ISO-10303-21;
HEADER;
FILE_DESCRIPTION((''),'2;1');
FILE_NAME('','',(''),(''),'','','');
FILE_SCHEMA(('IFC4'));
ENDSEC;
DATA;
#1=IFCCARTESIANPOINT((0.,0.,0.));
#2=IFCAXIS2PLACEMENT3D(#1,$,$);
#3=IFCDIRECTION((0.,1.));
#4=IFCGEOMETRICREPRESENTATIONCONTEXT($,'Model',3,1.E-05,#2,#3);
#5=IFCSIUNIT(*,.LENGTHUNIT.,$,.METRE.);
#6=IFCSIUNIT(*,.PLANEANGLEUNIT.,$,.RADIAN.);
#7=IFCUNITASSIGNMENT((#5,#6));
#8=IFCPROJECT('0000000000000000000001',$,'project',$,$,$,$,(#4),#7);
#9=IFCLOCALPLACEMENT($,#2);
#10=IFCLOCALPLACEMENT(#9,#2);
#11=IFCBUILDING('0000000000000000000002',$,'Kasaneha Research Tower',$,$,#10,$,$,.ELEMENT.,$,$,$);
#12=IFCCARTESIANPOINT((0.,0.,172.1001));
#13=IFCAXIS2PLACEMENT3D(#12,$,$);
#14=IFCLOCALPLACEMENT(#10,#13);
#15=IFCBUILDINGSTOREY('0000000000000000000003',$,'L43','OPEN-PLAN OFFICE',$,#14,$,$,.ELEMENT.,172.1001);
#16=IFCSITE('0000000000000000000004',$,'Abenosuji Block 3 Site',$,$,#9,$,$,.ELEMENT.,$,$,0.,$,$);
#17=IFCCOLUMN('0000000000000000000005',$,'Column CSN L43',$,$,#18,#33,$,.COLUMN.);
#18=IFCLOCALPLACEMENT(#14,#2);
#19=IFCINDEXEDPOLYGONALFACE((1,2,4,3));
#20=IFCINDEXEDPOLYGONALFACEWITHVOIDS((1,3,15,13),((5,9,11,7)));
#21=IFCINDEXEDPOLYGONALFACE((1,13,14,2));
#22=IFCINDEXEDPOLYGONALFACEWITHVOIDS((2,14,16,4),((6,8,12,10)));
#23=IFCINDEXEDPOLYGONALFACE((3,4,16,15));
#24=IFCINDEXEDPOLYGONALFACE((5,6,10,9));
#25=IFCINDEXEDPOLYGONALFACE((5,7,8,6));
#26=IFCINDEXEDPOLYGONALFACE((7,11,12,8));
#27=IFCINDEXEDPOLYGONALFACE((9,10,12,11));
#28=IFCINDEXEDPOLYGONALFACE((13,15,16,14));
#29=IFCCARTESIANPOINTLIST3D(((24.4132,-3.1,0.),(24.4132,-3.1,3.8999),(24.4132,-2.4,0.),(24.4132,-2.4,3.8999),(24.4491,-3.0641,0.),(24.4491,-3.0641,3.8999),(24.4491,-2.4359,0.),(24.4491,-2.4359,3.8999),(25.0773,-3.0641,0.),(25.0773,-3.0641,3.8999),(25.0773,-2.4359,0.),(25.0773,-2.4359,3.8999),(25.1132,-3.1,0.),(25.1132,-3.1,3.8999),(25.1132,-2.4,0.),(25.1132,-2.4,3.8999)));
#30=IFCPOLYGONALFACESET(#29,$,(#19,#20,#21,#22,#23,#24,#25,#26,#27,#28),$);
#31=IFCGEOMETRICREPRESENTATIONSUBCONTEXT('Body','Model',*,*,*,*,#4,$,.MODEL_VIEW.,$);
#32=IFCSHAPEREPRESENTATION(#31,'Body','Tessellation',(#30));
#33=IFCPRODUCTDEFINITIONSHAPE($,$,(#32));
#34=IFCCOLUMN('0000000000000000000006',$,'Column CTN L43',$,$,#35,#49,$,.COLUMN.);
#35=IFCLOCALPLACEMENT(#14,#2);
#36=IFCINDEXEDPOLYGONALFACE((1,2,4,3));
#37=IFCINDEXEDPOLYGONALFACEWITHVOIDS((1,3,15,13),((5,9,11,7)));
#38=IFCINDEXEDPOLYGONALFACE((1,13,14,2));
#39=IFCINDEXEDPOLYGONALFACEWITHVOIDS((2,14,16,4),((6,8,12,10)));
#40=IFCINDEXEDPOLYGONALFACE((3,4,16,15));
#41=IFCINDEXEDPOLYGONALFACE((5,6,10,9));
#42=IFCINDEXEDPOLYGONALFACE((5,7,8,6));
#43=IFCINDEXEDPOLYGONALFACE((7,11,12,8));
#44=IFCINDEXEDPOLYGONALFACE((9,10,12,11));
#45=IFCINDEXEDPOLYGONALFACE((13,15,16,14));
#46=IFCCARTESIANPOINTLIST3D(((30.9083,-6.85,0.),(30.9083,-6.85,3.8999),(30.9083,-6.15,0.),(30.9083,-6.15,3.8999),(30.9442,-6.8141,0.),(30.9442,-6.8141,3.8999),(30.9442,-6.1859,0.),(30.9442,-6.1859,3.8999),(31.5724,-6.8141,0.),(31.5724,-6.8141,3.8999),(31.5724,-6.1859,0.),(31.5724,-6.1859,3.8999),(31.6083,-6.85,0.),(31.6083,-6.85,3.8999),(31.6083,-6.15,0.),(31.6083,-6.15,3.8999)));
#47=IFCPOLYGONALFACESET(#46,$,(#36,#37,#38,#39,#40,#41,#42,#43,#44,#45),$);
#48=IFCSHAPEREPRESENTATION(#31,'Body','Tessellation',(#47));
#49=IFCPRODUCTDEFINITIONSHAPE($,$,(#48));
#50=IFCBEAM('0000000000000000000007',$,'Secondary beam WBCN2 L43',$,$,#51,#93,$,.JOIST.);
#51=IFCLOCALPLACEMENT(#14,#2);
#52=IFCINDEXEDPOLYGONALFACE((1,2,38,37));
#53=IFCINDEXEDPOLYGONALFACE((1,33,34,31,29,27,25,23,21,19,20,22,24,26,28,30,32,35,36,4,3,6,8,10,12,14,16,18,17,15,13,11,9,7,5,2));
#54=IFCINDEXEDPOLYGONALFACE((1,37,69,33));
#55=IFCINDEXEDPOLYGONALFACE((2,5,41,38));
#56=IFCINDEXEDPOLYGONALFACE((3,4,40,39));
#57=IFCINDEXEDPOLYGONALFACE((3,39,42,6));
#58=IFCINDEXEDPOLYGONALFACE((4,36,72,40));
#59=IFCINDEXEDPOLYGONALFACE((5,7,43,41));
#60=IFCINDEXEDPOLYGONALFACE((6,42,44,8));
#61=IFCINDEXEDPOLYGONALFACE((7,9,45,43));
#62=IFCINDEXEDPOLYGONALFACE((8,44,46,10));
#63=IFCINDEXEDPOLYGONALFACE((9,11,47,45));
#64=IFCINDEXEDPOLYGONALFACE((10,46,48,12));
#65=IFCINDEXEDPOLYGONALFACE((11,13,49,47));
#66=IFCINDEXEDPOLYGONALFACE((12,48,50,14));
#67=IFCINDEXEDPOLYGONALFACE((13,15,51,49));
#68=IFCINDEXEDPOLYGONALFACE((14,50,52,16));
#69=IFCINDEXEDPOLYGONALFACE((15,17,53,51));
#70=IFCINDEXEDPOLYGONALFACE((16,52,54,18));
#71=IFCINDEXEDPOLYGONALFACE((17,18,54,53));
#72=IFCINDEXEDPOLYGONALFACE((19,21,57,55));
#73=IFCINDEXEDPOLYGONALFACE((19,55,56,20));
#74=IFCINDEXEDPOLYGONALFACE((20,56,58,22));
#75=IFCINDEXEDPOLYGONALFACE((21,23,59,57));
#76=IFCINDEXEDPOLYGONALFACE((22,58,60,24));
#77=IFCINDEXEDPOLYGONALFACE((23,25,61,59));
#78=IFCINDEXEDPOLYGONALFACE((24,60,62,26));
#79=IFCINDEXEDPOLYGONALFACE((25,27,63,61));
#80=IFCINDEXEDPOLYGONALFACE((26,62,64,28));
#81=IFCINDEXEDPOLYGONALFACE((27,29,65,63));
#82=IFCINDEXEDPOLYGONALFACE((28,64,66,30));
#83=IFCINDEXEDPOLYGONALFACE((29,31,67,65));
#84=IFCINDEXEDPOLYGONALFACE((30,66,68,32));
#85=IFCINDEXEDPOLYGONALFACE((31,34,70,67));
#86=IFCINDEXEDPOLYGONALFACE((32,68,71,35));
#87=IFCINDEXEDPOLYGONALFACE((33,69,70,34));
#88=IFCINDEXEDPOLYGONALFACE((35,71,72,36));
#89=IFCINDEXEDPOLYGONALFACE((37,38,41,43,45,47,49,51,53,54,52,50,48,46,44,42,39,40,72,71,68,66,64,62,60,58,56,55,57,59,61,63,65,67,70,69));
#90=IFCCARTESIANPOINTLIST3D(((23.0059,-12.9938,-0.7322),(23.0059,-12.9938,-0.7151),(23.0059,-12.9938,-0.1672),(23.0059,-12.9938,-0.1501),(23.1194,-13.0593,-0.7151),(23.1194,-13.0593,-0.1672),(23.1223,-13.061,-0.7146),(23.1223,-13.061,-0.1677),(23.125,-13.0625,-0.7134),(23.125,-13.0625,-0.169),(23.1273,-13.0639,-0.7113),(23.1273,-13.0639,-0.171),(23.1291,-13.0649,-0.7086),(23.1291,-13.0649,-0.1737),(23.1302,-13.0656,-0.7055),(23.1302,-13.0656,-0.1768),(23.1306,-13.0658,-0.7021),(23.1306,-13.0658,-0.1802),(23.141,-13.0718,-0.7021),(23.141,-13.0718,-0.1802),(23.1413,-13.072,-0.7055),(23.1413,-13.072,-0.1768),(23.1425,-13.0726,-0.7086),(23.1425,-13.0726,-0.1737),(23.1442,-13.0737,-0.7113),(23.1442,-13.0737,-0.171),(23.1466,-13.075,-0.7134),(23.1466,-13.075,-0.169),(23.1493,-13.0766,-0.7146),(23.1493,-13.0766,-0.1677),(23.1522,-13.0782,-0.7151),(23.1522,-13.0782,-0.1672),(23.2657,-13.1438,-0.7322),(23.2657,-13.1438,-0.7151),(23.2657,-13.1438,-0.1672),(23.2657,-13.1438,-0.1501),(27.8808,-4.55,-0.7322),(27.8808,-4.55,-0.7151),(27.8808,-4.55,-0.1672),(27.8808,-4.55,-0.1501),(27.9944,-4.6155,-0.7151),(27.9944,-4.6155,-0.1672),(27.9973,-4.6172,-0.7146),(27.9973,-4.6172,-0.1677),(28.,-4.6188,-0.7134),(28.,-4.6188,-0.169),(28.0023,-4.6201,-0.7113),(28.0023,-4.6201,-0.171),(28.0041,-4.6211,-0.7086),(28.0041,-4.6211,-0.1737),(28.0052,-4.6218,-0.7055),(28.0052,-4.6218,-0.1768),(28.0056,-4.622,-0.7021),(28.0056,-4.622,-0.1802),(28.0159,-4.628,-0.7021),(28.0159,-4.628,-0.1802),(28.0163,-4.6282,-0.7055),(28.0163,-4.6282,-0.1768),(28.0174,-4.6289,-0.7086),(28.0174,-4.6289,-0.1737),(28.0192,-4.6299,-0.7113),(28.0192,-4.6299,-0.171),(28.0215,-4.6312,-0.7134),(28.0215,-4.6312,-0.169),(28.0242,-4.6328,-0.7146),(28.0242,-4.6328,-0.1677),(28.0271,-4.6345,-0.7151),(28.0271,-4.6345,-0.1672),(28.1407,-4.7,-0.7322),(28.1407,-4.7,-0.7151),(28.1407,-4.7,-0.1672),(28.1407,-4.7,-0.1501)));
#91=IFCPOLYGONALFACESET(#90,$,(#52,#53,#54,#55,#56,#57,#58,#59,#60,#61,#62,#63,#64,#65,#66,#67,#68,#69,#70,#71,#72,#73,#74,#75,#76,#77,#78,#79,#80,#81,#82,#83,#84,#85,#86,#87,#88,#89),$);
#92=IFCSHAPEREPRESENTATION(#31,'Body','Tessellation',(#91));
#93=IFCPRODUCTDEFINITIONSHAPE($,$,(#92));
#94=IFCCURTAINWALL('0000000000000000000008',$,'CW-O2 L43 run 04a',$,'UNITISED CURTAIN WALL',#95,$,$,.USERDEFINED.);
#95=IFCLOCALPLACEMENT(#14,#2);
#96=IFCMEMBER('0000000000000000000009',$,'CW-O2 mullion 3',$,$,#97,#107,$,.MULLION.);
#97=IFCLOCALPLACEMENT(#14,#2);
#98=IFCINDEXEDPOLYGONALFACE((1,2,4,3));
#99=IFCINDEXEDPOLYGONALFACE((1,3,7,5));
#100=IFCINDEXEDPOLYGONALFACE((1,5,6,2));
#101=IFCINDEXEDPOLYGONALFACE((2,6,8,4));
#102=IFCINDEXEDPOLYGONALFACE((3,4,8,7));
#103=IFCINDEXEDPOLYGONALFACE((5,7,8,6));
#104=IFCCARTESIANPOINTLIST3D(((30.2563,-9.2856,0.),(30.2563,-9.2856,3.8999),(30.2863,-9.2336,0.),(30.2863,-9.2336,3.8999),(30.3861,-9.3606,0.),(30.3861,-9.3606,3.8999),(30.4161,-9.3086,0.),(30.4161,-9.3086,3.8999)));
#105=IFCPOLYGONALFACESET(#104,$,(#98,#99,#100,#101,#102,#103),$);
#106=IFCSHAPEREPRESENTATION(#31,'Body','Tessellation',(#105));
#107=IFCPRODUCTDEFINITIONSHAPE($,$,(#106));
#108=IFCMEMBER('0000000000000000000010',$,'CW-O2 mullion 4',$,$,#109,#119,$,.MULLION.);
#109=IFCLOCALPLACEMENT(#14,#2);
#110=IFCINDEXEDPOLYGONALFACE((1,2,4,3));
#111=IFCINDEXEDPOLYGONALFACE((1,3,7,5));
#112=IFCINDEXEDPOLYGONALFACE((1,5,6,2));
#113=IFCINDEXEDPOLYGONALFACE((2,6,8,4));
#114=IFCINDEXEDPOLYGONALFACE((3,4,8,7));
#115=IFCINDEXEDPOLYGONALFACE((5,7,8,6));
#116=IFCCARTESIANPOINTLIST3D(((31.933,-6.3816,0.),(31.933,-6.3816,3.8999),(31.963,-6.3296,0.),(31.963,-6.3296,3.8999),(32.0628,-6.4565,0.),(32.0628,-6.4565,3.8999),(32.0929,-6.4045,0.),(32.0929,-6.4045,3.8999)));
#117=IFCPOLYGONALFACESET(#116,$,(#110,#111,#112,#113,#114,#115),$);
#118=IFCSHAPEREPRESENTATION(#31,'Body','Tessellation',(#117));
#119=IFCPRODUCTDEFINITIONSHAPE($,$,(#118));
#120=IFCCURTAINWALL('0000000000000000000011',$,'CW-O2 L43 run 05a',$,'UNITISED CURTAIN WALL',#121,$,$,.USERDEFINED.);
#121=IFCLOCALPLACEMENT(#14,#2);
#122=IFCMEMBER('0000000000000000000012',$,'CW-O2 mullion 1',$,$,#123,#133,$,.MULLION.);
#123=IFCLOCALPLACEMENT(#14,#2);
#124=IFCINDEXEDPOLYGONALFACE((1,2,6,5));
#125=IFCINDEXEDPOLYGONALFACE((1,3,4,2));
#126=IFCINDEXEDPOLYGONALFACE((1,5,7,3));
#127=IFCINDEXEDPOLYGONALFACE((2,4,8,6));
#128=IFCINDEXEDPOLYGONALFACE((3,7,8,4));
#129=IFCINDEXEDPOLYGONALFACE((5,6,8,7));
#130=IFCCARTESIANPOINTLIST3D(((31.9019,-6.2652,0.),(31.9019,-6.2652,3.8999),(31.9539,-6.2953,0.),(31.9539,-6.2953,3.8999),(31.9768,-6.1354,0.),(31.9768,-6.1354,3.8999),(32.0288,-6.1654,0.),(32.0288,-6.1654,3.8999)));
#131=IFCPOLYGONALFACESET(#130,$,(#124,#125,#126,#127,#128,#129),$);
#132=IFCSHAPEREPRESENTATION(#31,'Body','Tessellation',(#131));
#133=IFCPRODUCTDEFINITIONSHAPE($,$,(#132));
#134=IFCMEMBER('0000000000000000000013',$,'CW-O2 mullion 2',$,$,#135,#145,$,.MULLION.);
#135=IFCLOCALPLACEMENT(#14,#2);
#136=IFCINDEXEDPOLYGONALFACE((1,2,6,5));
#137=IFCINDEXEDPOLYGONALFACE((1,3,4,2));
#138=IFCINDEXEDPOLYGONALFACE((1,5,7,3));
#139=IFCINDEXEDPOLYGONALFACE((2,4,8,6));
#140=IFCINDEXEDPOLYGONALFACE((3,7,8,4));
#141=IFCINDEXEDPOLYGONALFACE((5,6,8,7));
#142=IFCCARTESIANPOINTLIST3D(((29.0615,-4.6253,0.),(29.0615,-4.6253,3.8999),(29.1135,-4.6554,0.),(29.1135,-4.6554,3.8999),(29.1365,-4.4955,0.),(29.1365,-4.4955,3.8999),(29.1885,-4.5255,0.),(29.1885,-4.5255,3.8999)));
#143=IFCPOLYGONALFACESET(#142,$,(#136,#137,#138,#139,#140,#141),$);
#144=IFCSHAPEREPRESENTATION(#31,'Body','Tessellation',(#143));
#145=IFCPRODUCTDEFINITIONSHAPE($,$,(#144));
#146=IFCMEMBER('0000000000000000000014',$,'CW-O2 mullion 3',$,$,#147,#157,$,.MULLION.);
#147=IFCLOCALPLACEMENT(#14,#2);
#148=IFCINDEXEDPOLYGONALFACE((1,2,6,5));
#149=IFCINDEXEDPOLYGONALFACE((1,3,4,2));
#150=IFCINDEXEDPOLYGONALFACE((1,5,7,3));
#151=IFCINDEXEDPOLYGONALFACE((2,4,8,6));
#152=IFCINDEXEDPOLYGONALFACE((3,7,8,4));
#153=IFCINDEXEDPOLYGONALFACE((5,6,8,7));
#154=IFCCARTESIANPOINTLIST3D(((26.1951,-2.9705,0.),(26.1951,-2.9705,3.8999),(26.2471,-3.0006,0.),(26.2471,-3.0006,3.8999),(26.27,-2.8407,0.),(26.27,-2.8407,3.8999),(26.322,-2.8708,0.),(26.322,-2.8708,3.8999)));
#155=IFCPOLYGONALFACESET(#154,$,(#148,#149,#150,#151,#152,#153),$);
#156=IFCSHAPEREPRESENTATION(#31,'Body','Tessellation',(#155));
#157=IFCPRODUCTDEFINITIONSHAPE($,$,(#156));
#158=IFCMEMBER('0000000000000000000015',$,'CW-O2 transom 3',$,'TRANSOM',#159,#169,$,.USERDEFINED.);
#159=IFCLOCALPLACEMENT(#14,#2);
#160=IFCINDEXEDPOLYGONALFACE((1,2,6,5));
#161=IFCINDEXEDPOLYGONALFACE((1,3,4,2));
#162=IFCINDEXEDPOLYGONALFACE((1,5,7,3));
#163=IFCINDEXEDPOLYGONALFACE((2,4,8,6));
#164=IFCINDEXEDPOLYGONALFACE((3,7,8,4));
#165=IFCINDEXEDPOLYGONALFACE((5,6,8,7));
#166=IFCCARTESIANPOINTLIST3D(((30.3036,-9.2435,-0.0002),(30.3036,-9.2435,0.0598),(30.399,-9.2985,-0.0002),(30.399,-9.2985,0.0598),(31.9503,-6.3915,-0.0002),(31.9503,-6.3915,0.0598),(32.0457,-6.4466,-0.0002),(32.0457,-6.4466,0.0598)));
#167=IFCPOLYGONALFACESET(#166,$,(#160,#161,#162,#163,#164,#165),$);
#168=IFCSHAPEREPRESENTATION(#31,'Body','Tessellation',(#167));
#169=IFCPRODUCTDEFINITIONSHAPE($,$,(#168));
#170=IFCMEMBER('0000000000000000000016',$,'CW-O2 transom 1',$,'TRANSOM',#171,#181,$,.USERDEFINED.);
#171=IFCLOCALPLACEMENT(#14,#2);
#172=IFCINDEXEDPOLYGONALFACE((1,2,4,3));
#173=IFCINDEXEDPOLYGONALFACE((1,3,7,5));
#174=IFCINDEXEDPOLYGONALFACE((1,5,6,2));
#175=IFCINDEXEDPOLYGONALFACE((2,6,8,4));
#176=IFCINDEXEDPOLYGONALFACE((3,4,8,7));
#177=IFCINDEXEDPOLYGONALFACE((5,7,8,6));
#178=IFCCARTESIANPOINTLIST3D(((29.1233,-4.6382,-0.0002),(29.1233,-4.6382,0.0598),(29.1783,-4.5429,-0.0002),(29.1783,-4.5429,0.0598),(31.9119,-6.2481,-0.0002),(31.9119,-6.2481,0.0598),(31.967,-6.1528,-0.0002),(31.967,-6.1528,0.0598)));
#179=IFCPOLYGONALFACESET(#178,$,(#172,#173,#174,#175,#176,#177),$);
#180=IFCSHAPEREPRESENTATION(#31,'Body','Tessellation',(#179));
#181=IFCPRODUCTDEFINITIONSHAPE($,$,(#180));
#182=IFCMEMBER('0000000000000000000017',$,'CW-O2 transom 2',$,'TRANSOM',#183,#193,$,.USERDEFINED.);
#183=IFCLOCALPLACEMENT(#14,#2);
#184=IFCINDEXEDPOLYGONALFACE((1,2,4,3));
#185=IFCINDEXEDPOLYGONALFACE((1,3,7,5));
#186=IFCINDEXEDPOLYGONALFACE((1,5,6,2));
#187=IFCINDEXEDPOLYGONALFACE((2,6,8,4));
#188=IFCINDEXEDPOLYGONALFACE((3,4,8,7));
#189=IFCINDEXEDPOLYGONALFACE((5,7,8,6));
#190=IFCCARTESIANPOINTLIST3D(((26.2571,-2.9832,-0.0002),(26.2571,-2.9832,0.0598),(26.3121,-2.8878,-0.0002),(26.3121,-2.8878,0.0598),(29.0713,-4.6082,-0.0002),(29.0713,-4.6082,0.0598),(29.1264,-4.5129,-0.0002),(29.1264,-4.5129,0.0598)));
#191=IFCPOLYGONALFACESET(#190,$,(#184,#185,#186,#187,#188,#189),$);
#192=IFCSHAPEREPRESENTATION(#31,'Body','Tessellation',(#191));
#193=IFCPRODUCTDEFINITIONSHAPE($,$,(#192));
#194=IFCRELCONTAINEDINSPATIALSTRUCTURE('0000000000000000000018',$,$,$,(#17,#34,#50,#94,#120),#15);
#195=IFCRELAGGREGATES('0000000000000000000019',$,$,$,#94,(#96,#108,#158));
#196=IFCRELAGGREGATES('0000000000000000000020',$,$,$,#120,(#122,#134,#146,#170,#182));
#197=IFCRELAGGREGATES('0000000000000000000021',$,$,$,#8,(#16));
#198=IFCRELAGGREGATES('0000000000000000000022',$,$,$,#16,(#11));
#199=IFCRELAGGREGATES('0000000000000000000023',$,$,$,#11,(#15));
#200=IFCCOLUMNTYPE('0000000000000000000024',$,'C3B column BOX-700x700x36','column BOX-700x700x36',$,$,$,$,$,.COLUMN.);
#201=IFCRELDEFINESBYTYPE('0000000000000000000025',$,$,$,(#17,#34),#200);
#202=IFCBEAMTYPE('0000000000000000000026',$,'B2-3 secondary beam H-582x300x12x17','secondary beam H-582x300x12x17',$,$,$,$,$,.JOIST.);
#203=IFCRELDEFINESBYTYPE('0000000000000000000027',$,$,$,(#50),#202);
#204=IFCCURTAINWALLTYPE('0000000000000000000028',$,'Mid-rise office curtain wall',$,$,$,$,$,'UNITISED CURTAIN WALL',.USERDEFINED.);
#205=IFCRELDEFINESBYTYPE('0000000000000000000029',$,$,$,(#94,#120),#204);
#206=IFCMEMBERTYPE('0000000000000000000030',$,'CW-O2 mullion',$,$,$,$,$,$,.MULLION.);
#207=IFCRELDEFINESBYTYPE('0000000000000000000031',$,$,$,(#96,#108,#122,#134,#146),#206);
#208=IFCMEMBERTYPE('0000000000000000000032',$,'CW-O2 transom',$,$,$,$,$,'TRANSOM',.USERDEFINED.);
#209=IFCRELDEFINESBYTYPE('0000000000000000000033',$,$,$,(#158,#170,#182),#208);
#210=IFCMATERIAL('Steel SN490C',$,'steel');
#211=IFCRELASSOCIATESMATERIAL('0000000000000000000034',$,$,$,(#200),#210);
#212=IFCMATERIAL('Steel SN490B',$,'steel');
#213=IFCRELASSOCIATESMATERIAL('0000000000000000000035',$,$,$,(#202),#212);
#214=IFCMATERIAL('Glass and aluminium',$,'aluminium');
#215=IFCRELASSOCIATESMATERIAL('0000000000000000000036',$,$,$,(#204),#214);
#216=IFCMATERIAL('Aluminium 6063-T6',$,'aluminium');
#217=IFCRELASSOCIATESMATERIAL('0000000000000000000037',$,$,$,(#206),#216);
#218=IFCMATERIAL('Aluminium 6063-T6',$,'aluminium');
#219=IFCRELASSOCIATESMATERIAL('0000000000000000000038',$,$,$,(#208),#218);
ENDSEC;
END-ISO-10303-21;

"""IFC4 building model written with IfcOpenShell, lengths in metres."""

from ifc_helpers import new_model, si_unit, direction, frame, origin, origin_2d, place, context, subcontext, project, spatial, rectangle, hollow_rectangle, i_section, extrude, material, material_profile, profile_set, type_object, element, aggregate, save


model = new_model("IFC4")

# Units and contexts
model_context = context("Model", 3, precision=1e-05, world=origin(), true_north=direction((0.0, 1.0)))
body_context = subcontext(model_context, "Body", "Model", "MODEL_VIEW")
ifc_project = project(units=[si_unit("LENGTHUNIT", "METRE"), si_unit("PLANEANGLEUNIT", "RADIAN")], contexts=[model_context])

# Site, building, storey
site_placement = place(None, origin())
site = spatial("IfcSite", under=ifc_project, at=site_placement, Name="Abenosuji Block 3 Site", CompositionType="ELEMENT", RefElevation=0.0)
building_placement = place(site_placement, origin())
building = spatial("IfcBuilding", under=site, at=building_placement, Name="Kasaneha Research Tower", CompositionType="ELEMENT")
storey_placement = place(building_placement, frame((0.0, 0.0, 172.1001)))
storey = spatial("IfcBuildingStorey", under=building, at=storey_placement, Name="L43", Description="OPEN-PLAN OFFICE", CompositionType="ELEMENT", Elevation=172.1001)

# Columns
ifc_material_1 = material(Name="Steel SN490C", Category="steel")
ifc_material_profile_1 = material_profile(ifc_material_1, hollow_rectangle(XDim=0.7, YDim=0.7, WallThickness=0.0359, at=origin_2d()), Name="BOX-700x700x36")
ifc_profile_set_1 = profile_set([ifc_material_profile_1], Name="Steel SN490C")
column_type = type_object("IfcColumnType", Name="C3B column BOX-700x700x36", Description="column BOX-700x700x36", PredefinedType="COLUMN", material=ifc_profile_set_1)
for number, where, z_axis, x_axis, name in (
    (1, (24.7632, -2.75, 0.0), (0.0, 0.0, 1.0), (1.0, 0.0, 0.0), "Column CSN L43"),
    (2, (31.2583, -6.5, 0.0), (0.0, 0.0, 1.0), (1.0, 0.0, 0.0), "Column CTN L43"),
):
    element("IfcColumn", number, at=place(storey_placement, frame(where, z_axis=z_axis, x_axis=x_axis)), inside=storey, type_object=column_type, Name=name, PredefinedType="COLUMN", context=body_context, shape_type="SweptSolid", body=[
        extrude(hollow_rectangle(XDim=0.7, YDim=0.7, WallThickness=0.0359, at=origin_2d()), origin(), (0.0, 0.0, 1.0), 3.8999),
    ])

# Beam
ifc_material_2 = material(Name="Steel SN490B", Category="steel")
ifc_material_profile_2 = material_profile(ifc_material_2, i_section(OverallWidth=0.3, OverallDepth=0.582, WebThickness=0.012, FlangeThickness=0.0171, FilletRadius=0.0129, at=origin_2d()), Name="H-582x300x12x17")
ifc_profile_set_2 = profile_set([ifc_material_profile_2], Name="Steel SN490B")
beam_type_1 = type_object("IfcBeamType", Name="B2-3 secondary beam H-582x300x12x17", Description="secondary beam H-582x300x12x17", PredefinedType="JOIST", material=ifc_profile_set_2)
beam_1_placement = place(storey_placement, frame((28.0107, -4.625, -0.4412), z_axis=(-0.499996, -0.866028, 0.0), x_axis=(0.866028, -0.499996, 0.0)))
element("IfcBeam", 3, at=beam_1_placement, inside=storey, type_object=beam_type_1, Name="Secondary beam WBCN2 L43", PredefinedType="JOIST", context=body_context, shape_type="SweptSolid", body=[
    extrude(i_section(OverallWidth=0.3, OverallDepth=0.582, WebThickness=0.012, FlangeThickness=0.0171, FilletRadius=0.0129, at=origin_2d()), origin(), (0.0, 0.0, 1.0), 9.75),
])

# Curtain walls, members
ifc_material_3 = material(Name="Glass and aluminium", Category="aluminium")
curtain_wall_type = type_object("IfcCurtainWallType", Name="Mid-rise office curtain wall", ElementType="UNITISED CURTAIN WALL", PredefinedType="USERDEFINED", material=ifc_material_3)
curtain_wall_1_placement = place(storey_placement, origin())
curtain_wall_1 = element("IfcCurtainWall", 4, at=curtain_wall_1_placement, inside=storey, type_object=curtain_wall_type, Name="CW-O2 L43 run 04a", ObjectType="UNITISED CURTAIN WALL", PredefinedType="USERDEFINED")
ifc_material_4 = material(Name="Aluminium 6063-T6", Category="aluminium")
ifc_material_profile_3 = material_profile(ifc_material_4, rectangle(XDim=0.0601, YDim=0.1499, at=origin_2d()), Name="CW-O2 mullion 60x150")
ifc_profile_set_3 = profile_set([ifc_material_profile_3], Name="Aluminium 6063-T6")
member_type_1 = type_object("IfcMemberType", Name="CW-O2 mullion", PredefinedType="MULLION", material=ifc_profile_set_3)
member_1_placement = place(storey_placement, frame((30.3362, -9.2971, 0.0), z_axis=(0.0, 0.0, 1.0), x_axis=(0.5, 0.866025, 0.0)))
member_1 = element("IfcMember", 5, at=member_1_placement, type_object=member_type_1, Name="CW-O2 mullion 3", PredefinedType="MULLION", context=body_context, shape_type="SweptSolid", body=[
    extrude(rectangle(XDim=0.0601, YDim=0.1499, at=origin_2d()), origin(), (0.0, 0.0, 1.0), 3.8999),
])
member_2_placement = place(storey_placement, frame((32.0129, -6.3931, 0.0), z_axis=(0.0, 0.0, 1.0), x_axis=(0.5, 0.866025, 0.0)))
member_2 = element("IfcMember", 6, at=member_2_placement, type_object=member_type_1, Name="CW-O2 mullion 4", PredefinedType="MULLION", context=body_context, shape_type="SweptSolid", body=[
    extrude(rectangle(XDim=0.0601, YDim=0.1499, at=origin_2d()), origin(), (0.0, 0.0, 1.0), 3.8999),
])
curtain_wall_2_placement = place(storey_placement, origin())
curtain_wall_2 = element("IfcCurtainWall", 7, at=curtain_wall_2_placement, inside=storey, type_object=curtain_wall_type, Name="CW-O2 L43 run 05a", ObjectType="UNITISED CURTAIN WALL", PredefinedType="USERDEFINED")
member_3_placement = place(storey_placement, frame((31.9653, -6.2153, 0.0), z_axis=(0.0, 0.0, 1.0), x_axis=(-0.866025, 0.5, 0.0)))
member_3 = element("IfcMember", 8, at=member_3_placement, type_object=member_type_1, Name="CW-O2 mullion 1", PredefinedType="MULLION", context=body_context, shape_type="SweptSolid", body=[
    extrude(rectangle(XDim=0.0601, YDim=0.1499, at=origin_2d()), origin(), (0.0, 0.0, 1.0), 3.8999),
])
member_4_placement = place(storey_placement, frame((29.125, -4.5754, 0.0), z_axis=(0.0, 0.0, 1.0), x_axis=(-0.866025, 0.5, 0.0)))
member_4 = element("IfcMember", 9, at=member_4_placement, type_object=member_type_1, Name="CW-O2 mullion 2", PredefinedType="MULLION", context=body_context, shape_type="SweptSolid", body=[
    extrude(rectangle(XDim=0.0601, YDim=0.1499, at=origin_2d()), origin(), (0.0, 0.0, 1.0), 3.8999),
])
member_5_placement = place(storey_placement, frame((26.2585, -2.9207, 0.0), z_axis=(0.0, 0.0, 1.0), x_axis=(-0.866025, 0.5, 0.0)))
member_5 = element("IfcMember", 10, at=member_5_placement, type_object=member_type_1, Name="CW-O2 mullion 3", PredefinedType="MULLION", context=body_context, shape_type="SweptSolid", body=[
    extrude(rectangle(XDim=0.0601, YDim=0.1499, at=origin_2d()), origin(), (0.0, 0.0, 1.0), 3.8999),
])

# Members
ifc_material_5 = material(Name="Aluminium 6063-T6", Category="aluminium")
ifc_material_profile_4 = material_profile(ifc_material_5, rectangle(XDim=0.1101, YDim=0.0601, at=origin_2d()), Name="CW-O2 transom 110x60")
ifc_profile_set_4 = profile_set([ifc_material_profile_4], Name="Aluminium 6063-T6")
member_type_2 = type_object("IfcMemberType", Name="CW-O2 transom", ElementType="TRANSOM", PredefinedType="USERDEFINED", material=ifc_profile_set_4)
member_6_placement = place(storey_placement, frame((30.3513, -9.271, 0.0298), z_axis=(0.500022, 0.866013, 0.0), x_axis=(-0.866013, 0.500022, 0.0)))
member_6 = element("IfcMember", 11, at=member_6_placement, type_object=member_type_2, Name="CW-O2 transom 3", ObjectType="TRANSOM", PredefinedType="USERDEFINED", context=body_context, shape_type="SweptSolid", body=[
    extrude(rectangle(XDim=0.1101, YDim=0.0601, at=origin_2d()), origin(), (0.0, 0.0, 1.0), 3.2932),
])
member_7_placement = place(storey_placement, frame((31.9395, -6.2004, 0.0298), z_axis=(-0.866042, 0.499972, 0.0), x_axis=(-0.499972, -0.866042, 0.0)))
member_7 = element("IfcMember", 12, at=member_7_placement, type_object=member_type_2, Name="CW-O2 transom 1", ObjectType="TRANSOM", PredefinedType="USERDEFINED", context=body_context, shape_type="SweptSolid", body=[
    extrude(rectangle(XDim=0.1101, YDim=0.0601, at=origin_2d()), origin(), (0.0, 0.0, 1.0), 3.22),
])
member_8_placement = place(storey_placement, frame((29.0989, -4.5605, 0.0298), z_axis=(-0.865997, 0.50005, 0.0), x_axis=(-0.50005, -0.865997, 0.0)))
member_8 = element("IfcMember", 13, at=member_8_placement, type_object=member_type_2, Name="CW-O2 transom 2", ObjectType="TRANSOM", PredefinedType="USERDEFINED", context=body_context, shape_type="SweptSolid", body=[
    extrude(rectangle(XDim=0.1101, YDim=0.0601, at=origin_2d()), origin(), (0.0, 0.0, 1.0), 3.2498),
])

aggregate(curtain_wall_1, [member_1, member_2, member_6])
aggregate(curtain_wall_2, [member_3, member_4, member_5, member_7, member_8])

save(model, "model.ifc")
